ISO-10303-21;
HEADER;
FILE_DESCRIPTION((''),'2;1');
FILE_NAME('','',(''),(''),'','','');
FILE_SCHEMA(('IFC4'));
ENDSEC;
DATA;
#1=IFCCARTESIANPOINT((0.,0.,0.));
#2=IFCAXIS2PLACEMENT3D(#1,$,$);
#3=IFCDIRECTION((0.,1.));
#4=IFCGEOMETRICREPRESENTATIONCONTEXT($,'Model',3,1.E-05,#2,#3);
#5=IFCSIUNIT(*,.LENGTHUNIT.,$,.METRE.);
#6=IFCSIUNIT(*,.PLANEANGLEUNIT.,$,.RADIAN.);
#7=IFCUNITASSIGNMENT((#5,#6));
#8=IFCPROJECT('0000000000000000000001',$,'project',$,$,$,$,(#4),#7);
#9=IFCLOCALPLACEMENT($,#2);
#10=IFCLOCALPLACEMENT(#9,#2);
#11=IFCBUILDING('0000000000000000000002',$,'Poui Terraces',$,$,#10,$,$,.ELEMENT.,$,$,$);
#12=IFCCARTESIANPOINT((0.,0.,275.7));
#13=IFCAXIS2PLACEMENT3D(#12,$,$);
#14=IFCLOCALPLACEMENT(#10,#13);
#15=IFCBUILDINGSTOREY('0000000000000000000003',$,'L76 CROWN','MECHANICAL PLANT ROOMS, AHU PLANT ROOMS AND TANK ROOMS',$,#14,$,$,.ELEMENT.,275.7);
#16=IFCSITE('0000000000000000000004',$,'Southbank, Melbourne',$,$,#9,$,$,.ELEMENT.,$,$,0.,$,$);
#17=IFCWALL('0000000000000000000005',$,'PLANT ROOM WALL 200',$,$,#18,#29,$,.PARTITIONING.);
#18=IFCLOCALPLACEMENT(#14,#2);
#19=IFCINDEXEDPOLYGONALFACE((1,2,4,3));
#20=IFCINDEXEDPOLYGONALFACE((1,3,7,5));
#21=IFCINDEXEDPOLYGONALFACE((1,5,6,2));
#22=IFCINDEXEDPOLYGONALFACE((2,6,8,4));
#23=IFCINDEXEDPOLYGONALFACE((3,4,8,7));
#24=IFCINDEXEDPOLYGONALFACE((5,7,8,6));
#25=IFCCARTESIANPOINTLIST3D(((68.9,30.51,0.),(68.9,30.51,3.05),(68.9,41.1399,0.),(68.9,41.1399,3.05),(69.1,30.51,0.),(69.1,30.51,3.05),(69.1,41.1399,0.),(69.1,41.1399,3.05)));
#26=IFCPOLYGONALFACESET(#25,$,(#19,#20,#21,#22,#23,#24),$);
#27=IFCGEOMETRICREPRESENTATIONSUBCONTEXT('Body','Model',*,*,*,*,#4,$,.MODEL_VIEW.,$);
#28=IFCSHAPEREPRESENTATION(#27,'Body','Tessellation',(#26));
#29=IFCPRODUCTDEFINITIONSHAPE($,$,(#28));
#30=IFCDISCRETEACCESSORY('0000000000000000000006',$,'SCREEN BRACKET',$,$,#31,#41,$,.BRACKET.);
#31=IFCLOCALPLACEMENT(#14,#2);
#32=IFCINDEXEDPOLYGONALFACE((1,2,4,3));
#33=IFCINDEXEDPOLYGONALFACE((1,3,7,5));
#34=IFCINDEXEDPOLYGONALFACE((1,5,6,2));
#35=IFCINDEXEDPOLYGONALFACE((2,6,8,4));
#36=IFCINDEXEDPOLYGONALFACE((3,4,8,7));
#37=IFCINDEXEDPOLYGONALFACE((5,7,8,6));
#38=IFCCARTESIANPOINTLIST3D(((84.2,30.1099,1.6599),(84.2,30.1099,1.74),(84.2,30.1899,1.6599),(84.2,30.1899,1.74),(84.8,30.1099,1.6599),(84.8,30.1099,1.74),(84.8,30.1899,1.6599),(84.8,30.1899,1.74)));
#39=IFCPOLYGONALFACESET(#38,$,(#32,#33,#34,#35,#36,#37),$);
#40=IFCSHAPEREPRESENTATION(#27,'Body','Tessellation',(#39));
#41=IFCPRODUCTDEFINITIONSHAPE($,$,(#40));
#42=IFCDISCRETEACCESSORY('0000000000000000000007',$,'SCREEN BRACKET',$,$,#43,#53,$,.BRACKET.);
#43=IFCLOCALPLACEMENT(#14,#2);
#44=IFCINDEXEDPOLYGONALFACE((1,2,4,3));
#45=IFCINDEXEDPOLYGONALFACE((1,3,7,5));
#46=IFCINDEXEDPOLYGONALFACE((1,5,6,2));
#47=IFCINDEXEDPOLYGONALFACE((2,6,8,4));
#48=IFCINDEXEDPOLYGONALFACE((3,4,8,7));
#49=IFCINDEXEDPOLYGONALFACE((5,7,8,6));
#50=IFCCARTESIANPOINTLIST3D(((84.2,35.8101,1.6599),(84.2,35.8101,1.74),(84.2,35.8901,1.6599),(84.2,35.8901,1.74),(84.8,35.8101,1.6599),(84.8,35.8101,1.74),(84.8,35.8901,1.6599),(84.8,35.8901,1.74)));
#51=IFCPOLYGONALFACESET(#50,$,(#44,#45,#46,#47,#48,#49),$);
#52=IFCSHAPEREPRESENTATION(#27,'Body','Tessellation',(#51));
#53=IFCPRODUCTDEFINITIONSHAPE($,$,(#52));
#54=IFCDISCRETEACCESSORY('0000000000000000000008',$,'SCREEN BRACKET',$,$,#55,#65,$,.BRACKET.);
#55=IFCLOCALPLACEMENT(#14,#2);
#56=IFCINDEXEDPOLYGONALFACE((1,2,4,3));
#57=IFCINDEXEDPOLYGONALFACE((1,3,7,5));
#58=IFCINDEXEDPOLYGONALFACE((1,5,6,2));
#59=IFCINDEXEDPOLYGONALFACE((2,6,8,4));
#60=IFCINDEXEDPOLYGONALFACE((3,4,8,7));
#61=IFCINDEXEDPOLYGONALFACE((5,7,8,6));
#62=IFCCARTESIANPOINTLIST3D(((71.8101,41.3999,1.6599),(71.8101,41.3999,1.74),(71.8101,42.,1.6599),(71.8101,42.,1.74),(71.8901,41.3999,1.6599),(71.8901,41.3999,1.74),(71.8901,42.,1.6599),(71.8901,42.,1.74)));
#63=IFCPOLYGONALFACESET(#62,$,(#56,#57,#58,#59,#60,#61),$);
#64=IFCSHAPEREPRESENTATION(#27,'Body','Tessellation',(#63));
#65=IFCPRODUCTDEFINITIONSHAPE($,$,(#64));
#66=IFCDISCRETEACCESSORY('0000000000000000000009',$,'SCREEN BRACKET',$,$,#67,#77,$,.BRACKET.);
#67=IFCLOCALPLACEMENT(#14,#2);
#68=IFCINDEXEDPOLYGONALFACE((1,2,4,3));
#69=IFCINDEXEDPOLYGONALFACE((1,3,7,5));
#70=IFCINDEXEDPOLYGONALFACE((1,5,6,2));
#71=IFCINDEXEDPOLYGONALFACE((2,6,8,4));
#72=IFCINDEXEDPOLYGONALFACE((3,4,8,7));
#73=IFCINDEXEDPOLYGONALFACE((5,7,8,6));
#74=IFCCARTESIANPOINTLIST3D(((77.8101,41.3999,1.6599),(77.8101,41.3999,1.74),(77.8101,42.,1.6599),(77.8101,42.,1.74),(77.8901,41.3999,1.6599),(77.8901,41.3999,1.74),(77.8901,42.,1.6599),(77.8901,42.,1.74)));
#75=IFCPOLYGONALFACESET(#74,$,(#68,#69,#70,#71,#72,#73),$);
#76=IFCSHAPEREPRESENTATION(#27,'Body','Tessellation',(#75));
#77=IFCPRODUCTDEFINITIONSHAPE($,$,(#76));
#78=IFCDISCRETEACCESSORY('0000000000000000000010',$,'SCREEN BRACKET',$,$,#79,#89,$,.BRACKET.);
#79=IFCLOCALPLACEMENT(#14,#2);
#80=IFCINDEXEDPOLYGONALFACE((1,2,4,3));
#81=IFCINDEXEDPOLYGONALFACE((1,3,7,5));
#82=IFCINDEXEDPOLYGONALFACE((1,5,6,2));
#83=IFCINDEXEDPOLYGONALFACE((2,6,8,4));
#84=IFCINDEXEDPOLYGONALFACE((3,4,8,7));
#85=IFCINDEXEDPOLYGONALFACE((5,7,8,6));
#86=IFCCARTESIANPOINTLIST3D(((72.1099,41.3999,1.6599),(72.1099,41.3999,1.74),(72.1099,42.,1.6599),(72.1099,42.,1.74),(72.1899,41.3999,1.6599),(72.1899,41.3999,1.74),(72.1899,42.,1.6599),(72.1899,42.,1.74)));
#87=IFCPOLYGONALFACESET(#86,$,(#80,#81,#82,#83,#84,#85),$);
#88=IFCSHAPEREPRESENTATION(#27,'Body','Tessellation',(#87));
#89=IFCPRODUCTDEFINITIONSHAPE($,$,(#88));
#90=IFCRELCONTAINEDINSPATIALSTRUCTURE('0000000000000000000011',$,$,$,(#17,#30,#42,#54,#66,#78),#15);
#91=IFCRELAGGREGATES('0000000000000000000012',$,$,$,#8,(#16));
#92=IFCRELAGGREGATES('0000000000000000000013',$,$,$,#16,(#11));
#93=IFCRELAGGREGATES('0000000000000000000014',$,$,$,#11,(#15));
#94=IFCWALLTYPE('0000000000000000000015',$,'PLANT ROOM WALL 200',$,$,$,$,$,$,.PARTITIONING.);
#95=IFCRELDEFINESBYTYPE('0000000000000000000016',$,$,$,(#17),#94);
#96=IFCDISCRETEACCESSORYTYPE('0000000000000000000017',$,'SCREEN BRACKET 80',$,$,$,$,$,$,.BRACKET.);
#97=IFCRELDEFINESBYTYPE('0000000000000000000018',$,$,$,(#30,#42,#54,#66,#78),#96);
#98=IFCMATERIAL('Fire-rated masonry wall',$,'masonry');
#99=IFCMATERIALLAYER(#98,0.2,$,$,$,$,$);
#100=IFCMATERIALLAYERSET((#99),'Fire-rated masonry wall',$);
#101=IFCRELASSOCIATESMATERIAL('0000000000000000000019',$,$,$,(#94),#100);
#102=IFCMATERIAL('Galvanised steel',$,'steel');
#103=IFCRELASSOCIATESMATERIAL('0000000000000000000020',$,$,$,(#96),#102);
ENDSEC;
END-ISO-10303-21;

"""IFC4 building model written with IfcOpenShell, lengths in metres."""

from ifc_helpers import new_model, si_unit, direction, frame, frame_2d, origin, origin_2d, place, context, subcontext, project, spatial, rectangle, extrude, source, transform, mapped, material, layer, layer_set, material_profile, profile_set, type_object, element, save


model = new_model("IFC4")

# Units and contexts
model_context = context("Model", 3, precision=1e-05, world=origin(), true_north=direction((0.0, 1.0)))
body_context = subcontext(model_context, "Body", "Model", "MODEL_VIEW")
ifc_project = project(units=[si_unit("LENGTHUNIT", "METRE"), si_unit("PLANEANGLEUNIT", "RADIAN")], contexts=[model_context])

# Site, building, storey
site_placement = place(None, origin())
site = spatial("IfcSite", under=ifc_project, at=site_placement, Name="Southbank, Melbourne", CompositionType="ELEMENT", RefElevation=0.0)
building_placement = place(site_placement, origin())
building = spatial("IfcBuilding", under=site, at=building_placement, Name="Poui Terraces", CompositionType="ELEMENT")
storey_placement = place(building_placement, frame((0.0, 0.0, 275.7)))
storey = spatial("IfcBuildingStorey", under=building, at=storey_placement, Name="L76 CROWN", Description="MECHANICAL PLANT ROOMS, AHU PLANT ROOMS AND TANK ROOMS", CompositionType="ELEMENT", Elevation=275.7)

# Wall
ifc_material_1 = material(Name="Fire-rated masonry wall", Category="masonry")
ifc_layer_1 = layer(ifc_material_1, 0.2)
ifc_layer_set_1 = layer_set([ifc_layer_1], Name="Fire-rated masonry wall")
wall_type_1 = type_object("IfcWallType", Name="PLANT ROOM WALL 200", PredefinedType="PARTITIONING", material=ifc_layer_set_1)
wall_1_placement = place(storey_placement, frame((69.0, 30.51, 0.0), z_axis=(0.0, 0.0, 1.0), x_axis=(0.0, 1.0, 0.0)))
element("IfcWall", 1, at=wall_1_placement, inside=storey, type_object=wall_type_1, Name="PLANT ROOM WALL 200", PredefinedType="PARTITIONING", context=body_context, shape_type="SweptSolid", body=[
    extrude(rectangle(XDim=10.6299, YDim=0.2, at=frame_2d((5.3149, 0.0))), origin(), (0.0, 0.0, 1.0), 3.05),
])

# Discrete accessories
ifc_material_2 = material(Name="Galvanised steel", Category="steel")
ifc_material_profile_1 = material_profile(ifc_material_2, rectangle(XDim=0.0801, YDim=0.0801, at=origin_2d()), Name="SCREEN BRACKET 80")
ifc_profile_set_1 = profile_set([ifc_material_profile_1], Name="Galvanised steel")
discrete_accessory_type = type_object("IfcDiscreteAccessoryType", Name="SCREEN BRACKET 80", PredefinedType="BRACKET", material=ifc_profile_set_1)
shared_shape_1 = source(origin(), body_context, "Body", "SweptSolid", [
    extrude(rectangle(XDim=0.0801, YDim=0.0801, at=origin_2d()), origin(), (0.0, 0.0, 1.0), 0.6001),
])
for number, where, z_axis, x_axis, name in (
    (2, (84.2, 30.1499, 1.7), (1.0, 0.0, 0.0), (0.0, 1.0, 0.0), "SCREEN BRACKET"),
    (3, (84.2, 35.8501, 1.7), (1.0, 0.0, 0.0), (0.0, 1.0, 0.0), "SCREEN BRACKET"),
    (4, (71.8501, 41.3999, 1.7), (0.0, 1.0, 0.0), (-1.0, 0.0, 0.0), "SCREEN BRACKET"),
    (5, (77.8501, 41.3999, 1.7), (0.0, 1.0, 0.0), (-1.0, 0.0, 0.0), "SCREEN BRACKET"),
    (6, (72.1499, 41.3999, 1.7), (0.0, 1.0, 0.0), (-1.0, 0.0, 0.0), "SCREEN BRACKET"),
):
    element("IfcDiscreteAccessory", number, at=place(storey_placement, frame(where, z_axis=z_axis, x_axis=x_axis)), inside=storey, type_object=discrete_accessory_type, Name=name, PredefinedType="BRACKET", context=body_context, shape_type="MappedRepresentation", body=[
        mapped(shared_shape_1, transform((0.0, 0.0, 0.0))),
    ])

save(model, "model.ifc")
